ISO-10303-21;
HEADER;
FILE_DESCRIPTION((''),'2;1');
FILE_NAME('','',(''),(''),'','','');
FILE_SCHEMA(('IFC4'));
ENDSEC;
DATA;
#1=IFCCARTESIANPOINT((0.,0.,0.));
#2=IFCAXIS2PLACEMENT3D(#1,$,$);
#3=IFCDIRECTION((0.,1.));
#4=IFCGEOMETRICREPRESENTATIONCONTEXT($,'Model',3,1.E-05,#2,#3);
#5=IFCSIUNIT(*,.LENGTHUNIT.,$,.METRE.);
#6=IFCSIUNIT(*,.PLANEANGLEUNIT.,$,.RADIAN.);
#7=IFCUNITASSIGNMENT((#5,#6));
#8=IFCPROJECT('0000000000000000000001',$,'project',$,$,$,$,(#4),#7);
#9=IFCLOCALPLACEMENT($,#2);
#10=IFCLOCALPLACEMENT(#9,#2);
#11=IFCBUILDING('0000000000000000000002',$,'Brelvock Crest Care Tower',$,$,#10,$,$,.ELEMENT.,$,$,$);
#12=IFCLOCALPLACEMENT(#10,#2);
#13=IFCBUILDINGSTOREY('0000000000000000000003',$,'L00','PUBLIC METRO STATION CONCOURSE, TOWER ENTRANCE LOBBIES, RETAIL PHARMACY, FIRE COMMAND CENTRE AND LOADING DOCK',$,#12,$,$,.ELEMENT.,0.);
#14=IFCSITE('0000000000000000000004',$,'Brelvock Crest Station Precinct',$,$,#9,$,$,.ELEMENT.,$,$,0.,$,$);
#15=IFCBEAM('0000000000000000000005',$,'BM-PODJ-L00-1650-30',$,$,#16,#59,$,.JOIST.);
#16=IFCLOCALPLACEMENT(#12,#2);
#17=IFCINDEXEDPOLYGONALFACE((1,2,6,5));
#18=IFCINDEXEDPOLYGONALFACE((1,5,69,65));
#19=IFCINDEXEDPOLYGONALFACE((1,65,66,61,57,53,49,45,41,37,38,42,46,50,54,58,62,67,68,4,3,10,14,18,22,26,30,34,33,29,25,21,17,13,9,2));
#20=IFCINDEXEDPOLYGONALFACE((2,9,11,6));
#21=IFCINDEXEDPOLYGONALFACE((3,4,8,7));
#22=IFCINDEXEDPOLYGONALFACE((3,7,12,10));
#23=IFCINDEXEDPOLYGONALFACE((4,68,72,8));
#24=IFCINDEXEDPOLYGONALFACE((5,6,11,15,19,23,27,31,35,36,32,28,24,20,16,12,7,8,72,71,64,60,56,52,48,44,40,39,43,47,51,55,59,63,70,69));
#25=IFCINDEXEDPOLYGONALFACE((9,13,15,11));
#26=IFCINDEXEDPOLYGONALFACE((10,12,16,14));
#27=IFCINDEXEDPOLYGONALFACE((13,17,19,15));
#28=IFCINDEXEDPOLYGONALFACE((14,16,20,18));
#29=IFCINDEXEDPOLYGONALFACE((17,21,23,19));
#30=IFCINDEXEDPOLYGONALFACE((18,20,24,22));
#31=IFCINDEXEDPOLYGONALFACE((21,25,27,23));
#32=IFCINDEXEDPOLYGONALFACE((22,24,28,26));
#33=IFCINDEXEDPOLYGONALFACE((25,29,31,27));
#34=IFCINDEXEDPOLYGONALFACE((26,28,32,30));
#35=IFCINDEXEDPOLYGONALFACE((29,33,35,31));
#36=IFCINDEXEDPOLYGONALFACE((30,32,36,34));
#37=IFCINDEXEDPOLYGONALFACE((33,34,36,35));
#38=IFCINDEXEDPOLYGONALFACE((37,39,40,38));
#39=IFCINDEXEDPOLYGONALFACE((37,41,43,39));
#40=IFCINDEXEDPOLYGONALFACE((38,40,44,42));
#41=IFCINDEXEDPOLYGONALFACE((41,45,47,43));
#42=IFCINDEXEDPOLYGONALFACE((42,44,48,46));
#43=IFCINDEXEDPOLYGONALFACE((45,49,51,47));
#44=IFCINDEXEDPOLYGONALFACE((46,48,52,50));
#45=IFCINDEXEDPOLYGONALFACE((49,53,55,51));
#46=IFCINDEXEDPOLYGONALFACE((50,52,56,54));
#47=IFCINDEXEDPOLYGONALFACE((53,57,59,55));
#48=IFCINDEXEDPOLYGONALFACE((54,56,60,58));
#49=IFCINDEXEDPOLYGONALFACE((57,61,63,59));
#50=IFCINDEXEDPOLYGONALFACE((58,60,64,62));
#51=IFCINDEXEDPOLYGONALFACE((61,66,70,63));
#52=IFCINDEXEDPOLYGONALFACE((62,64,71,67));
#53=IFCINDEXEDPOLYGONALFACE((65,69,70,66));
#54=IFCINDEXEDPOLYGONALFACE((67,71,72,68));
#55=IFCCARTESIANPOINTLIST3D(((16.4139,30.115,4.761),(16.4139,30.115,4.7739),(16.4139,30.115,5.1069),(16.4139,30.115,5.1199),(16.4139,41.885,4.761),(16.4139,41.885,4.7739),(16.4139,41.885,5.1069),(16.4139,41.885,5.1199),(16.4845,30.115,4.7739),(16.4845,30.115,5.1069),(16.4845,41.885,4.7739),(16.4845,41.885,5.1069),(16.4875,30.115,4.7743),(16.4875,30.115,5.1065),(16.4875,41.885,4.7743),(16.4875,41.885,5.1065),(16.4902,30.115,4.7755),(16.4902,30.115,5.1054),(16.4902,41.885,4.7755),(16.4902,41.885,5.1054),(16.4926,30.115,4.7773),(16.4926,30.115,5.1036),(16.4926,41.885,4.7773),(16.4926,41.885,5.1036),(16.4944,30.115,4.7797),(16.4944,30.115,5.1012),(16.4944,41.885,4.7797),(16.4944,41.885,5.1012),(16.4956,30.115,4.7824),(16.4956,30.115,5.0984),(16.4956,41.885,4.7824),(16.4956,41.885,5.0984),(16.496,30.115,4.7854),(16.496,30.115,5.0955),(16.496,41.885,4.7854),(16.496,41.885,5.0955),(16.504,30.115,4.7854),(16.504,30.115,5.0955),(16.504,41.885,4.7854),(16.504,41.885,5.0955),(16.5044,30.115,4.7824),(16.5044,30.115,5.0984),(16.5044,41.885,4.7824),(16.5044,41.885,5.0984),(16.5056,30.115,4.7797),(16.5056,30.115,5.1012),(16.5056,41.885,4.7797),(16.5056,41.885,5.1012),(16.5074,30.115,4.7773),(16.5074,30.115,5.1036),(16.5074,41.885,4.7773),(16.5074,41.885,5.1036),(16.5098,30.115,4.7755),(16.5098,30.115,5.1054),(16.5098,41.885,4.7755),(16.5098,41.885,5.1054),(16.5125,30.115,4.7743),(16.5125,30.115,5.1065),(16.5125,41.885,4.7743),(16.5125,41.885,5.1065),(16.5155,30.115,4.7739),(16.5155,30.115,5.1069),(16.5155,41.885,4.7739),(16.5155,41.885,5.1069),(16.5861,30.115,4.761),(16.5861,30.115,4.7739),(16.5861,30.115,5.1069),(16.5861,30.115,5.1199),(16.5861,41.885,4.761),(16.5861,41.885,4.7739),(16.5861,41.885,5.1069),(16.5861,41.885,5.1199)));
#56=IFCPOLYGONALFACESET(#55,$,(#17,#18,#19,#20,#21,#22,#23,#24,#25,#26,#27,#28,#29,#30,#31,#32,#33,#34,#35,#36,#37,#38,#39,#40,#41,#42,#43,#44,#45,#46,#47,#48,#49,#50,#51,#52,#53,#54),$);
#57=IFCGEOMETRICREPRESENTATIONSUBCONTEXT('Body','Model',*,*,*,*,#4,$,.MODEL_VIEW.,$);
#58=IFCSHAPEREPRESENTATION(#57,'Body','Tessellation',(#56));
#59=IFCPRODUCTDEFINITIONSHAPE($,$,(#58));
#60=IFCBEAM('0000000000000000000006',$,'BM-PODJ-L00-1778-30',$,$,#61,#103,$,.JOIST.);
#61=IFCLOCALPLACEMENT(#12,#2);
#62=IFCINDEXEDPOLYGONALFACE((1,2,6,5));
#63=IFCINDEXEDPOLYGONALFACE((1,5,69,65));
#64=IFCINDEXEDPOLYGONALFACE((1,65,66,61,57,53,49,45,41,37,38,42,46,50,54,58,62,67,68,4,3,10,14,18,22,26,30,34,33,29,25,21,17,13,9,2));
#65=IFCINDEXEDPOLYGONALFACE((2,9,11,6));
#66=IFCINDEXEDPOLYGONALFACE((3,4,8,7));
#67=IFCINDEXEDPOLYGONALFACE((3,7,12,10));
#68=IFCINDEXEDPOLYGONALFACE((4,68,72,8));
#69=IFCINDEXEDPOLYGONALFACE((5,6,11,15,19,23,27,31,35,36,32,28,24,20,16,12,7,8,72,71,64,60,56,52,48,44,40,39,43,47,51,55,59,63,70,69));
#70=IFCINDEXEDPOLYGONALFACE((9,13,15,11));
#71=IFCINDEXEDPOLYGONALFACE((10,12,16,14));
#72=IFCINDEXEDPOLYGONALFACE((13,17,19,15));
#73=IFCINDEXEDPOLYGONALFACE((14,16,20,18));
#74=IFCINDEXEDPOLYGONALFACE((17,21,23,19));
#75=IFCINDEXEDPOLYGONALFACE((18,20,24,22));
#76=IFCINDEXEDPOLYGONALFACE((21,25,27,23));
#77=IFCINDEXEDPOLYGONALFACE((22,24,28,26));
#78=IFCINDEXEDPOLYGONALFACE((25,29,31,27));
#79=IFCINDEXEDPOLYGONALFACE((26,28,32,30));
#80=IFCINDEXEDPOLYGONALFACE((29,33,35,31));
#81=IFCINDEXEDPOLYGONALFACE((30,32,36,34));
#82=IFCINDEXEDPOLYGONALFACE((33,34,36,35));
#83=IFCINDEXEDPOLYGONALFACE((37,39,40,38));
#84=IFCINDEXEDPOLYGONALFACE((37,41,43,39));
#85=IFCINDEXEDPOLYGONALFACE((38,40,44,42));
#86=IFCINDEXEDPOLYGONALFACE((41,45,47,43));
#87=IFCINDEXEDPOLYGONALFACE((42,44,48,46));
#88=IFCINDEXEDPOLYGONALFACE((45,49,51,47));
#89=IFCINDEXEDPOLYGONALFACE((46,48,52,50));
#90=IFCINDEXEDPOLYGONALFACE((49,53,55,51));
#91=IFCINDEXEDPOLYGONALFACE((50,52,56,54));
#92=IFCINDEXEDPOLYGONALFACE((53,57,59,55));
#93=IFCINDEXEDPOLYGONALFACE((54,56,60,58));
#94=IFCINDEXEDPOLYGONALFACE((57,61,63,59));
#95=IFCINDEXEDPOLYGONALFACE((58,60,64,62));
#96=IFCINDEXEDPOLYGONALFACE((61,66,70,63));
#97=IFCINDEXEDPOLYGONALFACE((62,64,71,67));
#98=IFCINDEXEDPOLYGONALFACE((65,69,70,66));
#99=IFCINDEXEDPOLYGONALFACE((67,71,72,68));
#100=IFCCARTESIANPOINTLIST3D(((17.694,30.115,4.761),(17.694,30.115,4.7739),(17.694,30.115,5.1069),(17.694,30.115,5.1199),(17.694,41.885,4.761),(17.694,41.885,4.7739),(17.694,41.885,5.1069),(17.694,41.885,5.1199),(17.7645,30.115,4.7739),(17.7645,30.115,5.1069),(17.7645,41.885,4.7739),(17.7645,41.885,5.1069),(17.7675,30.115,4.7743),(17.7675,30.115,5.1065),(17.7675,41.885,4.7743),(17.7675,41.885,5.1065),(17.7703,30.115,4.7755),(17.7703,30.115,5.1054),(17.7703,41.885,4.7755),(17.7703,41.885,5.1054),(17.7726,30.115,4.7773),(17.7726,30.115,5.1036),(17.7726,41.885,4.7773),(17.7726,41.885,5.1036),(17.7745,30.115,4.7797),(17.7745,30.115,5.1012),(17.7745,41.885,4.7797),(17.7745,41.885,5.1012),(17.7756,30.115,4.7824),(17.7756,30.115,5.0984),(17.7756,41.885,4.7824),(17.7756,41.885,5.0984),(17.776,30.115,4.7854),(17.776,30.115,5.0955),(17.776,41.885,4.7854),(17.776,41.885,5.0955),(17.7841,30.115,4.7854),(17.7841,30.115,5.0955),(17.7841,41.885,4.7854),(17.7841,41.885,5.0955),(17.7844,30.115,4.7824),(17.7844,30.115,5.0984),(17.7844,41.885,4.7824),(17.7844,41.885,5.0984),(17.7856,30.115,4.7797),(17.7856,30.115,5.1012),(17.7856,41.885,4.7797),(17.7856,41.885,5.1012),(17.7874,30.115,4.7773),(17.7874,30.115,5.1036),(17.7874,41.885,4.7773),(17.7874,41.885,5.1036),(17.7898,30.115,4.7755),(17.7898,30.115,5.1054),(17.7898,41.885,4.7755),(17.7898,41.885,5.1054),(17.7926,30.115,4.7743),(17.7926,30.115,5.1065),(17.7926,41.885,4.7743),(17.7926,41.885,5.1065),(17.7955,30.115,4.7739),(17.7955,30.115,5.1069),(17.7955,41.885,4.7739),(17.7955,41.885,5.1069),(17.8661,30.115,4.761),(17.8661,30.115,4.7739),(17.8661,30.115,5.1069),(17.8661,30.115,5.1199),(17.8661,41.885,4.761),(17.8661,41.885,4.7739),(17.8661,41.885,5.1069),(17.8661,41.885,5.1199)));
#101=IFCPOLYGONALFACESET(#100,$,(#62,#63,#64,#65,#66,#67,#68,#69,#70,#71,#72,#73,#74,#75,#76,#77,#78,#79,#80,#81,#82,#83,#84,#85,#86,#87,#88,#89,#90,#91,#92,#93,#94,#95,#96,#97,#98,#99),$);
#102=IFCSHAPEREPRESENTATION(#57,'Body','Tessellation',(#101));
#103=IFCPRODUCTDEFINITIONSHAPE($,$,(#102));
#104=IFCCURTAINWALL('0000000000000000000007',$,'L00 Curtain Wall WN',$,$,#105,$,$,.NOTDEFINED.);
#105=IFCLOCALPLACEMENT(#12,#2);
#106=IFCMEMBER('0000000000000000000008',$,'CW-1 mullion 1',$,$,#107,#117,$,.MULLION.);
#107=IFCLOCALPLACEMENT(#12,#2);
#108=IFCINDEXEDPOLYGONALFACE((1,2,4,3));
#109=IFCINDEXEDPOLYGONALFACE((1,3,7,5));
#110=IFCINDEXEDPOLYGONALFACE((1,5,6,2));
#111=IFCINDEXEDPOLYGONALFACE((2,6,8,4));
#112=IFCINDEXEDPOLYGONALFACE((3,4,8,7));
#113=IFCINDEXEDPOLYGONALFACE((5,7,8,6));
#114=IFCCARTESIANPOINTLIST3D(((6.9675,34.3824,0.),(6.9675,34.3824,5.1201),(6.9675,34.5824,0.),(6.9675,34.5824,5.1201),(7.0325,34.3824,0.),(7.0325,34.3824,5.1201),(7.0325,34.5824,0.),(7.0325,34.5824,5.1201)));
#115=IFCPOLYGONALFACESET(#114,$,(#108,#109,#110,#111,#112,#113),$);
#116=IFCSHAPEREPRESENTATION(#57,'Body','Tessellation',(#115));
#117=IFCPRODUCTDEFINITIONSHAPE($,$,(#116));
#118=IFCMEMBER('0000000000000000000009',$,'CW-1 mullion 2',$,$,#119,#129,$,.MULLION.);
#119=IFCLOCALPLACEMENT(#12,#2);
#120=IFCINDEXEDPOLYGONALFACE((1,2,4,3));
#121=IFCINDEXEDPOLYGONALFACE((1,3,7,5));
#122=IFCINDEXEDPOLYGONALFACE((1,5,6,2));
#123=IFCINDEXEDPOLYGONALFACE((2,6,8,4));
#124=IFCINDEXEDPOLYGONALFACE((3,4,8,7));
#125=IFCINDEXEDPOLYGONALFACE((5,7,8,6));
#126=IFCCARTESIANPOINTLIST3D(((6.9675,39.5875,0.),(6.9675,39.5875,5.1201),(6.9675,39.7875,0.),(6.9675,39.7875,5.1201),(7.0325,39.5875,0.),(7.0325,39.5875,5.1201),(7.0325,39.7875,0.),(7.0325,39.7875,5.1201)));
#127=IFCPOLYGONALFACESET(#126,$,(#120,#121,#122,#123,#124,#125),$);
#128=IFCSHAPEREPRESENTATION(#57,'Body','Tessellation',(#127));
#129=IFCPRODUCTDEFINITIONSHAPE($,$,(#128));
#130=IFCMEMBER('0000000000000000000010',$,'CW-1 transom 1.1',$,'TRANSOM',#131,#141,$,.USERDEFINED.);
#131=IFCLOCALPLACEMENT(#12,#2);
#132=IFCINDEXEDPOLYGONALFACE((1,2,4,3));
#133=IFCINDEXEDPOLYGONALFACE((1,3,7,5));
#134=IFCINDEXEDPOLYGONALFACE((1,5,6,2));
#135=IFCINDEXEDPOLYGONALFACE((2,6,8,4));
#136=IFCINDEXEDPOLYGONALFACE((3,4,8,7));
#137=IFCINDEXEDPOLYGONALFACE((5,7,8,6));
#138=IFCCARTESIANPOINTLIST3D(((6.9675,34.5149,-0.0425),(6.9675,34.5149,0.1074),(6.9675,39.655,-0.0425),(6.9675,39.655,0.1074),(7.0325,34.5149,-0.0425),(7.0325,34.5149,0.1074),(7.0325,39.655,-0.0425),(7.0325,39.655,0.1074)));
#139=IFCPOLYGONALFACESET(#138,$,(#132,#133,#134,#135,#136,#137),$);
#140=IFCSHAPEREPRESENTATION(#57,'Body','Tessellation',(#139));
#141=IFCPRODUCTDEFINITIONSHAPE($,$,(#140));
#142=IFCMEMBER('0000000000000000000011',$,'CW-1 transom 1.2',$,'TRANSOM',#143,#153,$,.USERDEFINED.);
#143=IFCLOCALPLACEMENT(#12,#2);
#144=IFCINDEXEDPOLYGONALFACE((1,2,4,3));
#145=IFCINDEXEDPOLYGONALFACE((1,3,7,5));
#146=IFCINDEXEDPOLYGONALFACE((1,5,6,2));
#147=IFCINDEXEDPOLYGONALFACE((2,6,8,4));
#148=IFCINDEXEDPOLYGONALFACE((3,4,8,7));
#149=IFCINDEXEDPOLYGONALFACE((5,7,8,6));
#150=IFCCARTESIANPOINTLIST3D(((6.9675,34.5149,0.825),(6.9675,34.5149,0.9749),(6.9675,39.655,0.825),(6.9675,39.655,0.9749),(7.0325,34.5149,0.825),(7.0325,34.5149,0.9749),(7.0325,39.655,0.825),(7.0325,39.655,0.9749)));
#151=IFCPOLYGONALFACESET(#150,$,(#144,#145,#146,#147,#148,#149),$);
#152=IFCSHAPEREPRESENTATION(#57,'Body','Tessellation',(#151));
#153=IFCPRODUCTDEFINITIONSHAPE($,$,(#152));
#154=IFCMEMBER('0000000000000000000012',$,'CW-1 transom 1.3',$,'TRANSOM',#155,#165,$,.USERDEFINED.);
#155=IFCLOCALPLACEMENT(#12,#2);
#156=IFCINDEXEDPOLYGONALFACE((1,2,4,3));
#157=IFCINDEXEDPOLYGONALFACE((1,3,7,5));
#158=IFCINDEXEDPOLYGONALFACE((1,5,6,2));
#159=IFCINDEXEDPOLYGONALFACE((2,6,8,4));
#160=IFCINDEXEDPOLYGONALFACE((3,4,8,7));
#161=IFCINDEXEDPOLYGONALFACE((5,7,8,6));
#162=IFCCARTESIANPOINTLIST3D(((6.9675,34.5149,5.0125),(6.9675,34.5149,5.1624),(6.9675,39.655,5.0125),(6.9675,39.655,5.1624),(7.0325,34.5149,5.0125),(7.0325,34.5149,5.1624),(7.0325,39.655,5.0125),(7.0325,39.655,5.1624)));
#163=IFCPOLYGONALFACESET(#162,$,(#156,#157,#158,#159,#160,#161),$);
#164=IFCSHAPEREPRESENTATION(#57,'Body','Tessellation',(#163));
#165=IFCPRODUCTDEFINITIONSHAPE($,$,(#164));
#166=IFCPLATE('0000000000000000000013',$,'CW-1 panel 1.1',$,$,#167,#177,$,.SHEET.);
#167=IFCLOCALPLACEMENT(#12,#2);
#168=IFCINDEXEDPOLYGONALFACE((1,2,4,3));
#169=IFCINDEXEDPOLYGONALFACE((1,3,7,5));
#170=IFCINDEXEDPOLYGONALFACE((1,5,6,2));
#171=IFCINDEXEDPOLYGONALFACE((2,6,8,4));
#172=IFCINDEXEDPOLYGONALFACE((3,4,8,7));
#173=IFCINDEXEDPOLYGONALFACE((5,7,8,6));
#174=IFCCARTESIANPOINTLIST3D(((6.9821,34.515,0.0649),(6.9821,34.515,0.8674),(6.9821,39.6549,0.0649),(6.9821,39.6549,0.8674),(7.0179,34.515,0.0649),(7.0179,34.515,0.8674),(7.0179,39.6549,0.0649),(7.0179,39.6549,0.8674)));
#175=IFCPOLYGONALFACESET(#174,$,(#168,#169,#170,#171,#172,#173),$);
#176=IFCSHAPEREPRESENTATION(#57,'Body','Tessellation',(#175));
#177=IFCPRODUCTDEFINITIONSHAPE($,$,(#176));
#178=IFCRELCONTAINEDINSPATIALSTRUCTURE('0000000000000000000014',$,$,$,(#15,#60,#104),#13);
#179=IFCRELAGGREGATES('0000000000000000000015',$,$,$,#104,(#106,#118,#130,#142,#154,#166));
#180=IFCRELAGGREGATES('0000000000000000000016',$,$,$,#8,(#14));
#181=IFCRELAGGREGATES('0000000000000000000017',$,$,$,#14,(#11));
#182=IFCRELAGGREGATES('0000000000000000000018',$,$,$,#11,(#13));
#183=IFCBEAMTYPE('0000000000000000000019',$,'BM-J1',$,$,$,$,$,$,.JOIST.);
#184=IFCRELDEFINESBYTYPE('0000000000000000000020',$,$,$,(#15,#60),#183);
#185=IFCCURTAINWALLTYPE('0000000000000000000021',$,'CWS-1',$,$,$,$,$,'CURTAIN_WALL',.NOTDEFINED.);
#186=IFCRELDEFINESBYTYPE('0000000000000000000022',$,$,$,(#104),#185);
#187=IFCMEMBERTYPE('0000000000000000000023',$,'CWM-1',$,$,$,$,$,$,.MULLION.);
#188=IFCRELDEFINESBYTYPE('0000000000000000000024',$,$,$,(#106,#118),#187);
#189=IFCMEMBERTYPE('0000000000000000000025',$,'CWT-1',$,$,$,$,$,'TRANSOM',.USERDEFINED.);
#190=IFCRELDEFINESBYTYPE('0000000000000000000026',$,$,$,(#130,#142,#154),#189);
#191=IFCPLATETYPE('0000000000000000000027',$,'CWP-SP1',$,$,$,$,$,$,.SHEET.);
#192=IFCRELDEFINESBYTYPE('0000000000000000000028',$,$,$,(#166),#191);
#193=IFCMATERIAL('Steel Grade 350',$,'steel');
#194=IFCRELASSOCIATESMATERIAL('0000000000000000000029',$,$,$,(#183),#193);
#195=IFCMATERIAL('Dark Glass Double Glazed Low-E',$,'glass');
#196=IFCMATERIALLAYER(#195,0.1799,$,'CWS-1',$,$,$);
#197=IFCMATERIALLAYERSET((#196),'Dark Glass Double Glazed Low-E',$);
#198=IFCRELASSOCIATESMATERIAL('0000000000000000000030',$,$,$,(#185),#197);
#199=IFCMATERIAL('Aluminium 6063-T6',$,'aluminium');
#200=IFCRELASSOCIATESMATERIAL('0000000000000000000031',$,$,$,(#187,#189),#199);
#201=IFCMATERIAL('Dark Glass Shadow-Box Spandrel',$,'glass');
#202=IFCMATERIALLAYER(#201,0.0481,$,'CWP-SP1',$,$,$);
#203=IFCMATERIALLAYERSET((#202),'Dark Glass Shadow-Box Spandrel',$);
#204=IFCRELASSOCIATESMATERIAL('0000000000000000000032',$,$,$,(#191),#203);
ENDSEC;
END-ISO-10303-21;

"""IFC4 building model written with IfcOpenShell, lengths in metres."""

from ifc_helpers import new_model, si_unit, direction, frame, origin, origin_2d, place, context, subcontext, project, spatial, rectangle, i_section, extrude, source, transform, mapped, material, layer, layer_set, material_profile, profile_set, type_object, element, aggregate, save


model = new_model("IFC4")

# Units and contexts
model_context = context("Model", 3, precision=1e-05, world=origin(), true_north=direction((0.0, 1.0)))
body_context = subcontext(model_context, "Body", "Model", "MODEL_VIEW")
ifc_project = project(units=[si_unit("LENGTHUNIT", "METRE"), si_unit("PLANEANGLEUNIT", "RADIAN")], contexts=[model_context])

# Site, building, storey
site_placement = place(None, origin())
site = spatial("IfcSite", under=ifc_project, at=site_placement, Name="Brelvock Crest Station Precinct", CompositionType="ELEMENT", RefElevation=0.0)
building_placement = place(site_placement, origin())
building = spatial("IfcBuilding", under=site, at=building_placement, Name="Brelvock Crest Care Tower", CompositionType="ELEMENT")
storey_placement = place(building_placement, origin())
storey = spatial("IfcBuildingStorey", under=building, at=storey_placement, Name="L00", Description="PUBLIC METRO STATION CONCOURSE, TOWER ENTRANCE LOBBIES, RETAIL PHARMACY, FIRE COMMAND CENTRE AND LOADING DOCK", CompositionType="ELEMENT", Elevation=0.0)

# Shared definitions
ifc_material_1 = material(Name="Steel Grade 350", Category="steel")

# Beams
ifc_material_profile_1 = material_profile(ifc_material_1, i_section(OverallWidth=0.1721, OverallDepth=0.3589, WebThickness=0.0081, FlangeThickness=0.0129, FilletRadius=0.0115, at=origin_2d()), Name="360UB56.7")
ifc_profile_set_1 = profile_set([ifc_material_profile_1], Name="Steel Grade 350")
beam_type_1 = type_object("IfcBeamType", Name="BM-J1", PredefinedType="JOIST", material=ifc_profile_set_1)
shared_shape_1 = source(origin(), body_context, "Body", "SweptSolid", [
    extrude(i_section(OverallWidth=0.1721, OverallDepth=0.3589, WebThickness=0.0081, FlangeThickness=0.0129, FilletRadius=0.0115, at=origin_2d()), origin(), (0.0, 0.0, 1.0), 11.77),
])
for number, where, z_axis, x_axis, name in (
    (1, (16.5, 30.115, 4.9404), (0.0, 1.0, 0.0), (-1.0, 0.0, 0.0), "BM-PODJ-L00-1650-30"),
    (2, (17.78, 30.115, 4.9404), (0.0, 1.0, 0.0), (-1.0, 0.0, 0.0), "BM-PODJ-L00-1778-30"),
):
    element("IfcBeam", number, at=place(storey_placement, frame(where, z_axis=z_axis, x_axis=x_axis)), inside=storey, type_object=beam_type_1, Name=name, PredefinedType="JOIST", context=body_context, shape_type="MappedRepresentation", body=[
        mapped(shared_shape_1, transform((0.0, 0.0, 0.0), x_axis=(1.0, 0.0, 0.0), y_axis=(0.0, 1.0, 0.0), z_axis=(0.0, 0.0, 1.0), scale=1.0)),
    ])

# Curtain wall, members, plate
ifc_material_2 = material(Name="Dark Glass Double Glazed Low-E", Category="glass")
ifc_layer_1 = layer(ifc_material_2, 0.1799, Name="CWS-1")
ifc_layer_set_1 = layer_set([ifc_layer_1], Name="Dark Glass Double Glazed Low-E")
curtain_wall_type = type_object("IfcCurtainWallType", Name="CWS-1", ElementType="CURTAIN_WALL", PredefinedType="NOTDEFINED", material=ifc_layer_set_1)
curtain_wall_placement = place(storey_placement, origin())
curtain_wall = element("IfcCurtainWall", 3, at=curtain_wall_placement, inside=storey, type_object=curtain_wall_type, Name="L00 Curtain Wall WN", PredefinedType="NOTDEFINED")
ifc_material_3 = material(Name="Aluminium 6063-T6", Category="aluminium")
ifc_material_profile_2 = material_profile(ifc_material_3, rectangle(XDim=0.0649, YDim=0.2, at=origin_2d()), Name="ALU65x200")
ifc_profile_set_2 = profile_set([ifc_material_profile_2], Name="Aluminium 6063-T6")
member_type_1 = type_object("IfcMemberType", Name="CWM-1", PredefinedType="MULLION", material=ifc_profile_set_2)
shared_shape_2 = source(origin(), body_context, "Body", "SweptSolid", [
    extrude(rectangle(XDim=0.0649, YDim=0.2, at=origin_2d()), origin(), (0.0, 0.0, 1.0), 5.1201),
])
member_1_placement = place(storey_placement, frame((7.0, 34.4824, 0.0), z_axis=(0.0, 0.0, 1.0), x_axis=(-1.0, 0.0, 0.0)))
member_1 = element("IfcMember", 4, at=member_1_placement, type_object=member_type_1, Name="CW-1 mullion 1", PredefinedType="MULLION", context=body_context, shape_type="MappedRepresentation", body=[
    mapped(shared_shape_2, transform((0.0, 0.0, 0.0), x_axis=(1.0, 0.0, 0.0), y_axis=(0.0, 1.0, 0.0), z_axis=(0.0, 0.0, 1.0), scale=1.0)),
])
member_2_placement = place(storey_placement, frame((7.0, 39.6875, 0.0), z_axis=(0.0, 0.0, 1.0), x_axis=(-1.0, 0.0, 0.0)))
member_2 = element("IfcMember", 5, at=member_2_placement, type_object=member_type_1, Name="CW-1 mullion 2", PredefinedType="MULLION", context=body_context, shape_type="MappedRepresentation", body=[
    mapped(shared_shape_2, transform((0.0, 0.0, 0.0), x_axis=(1.0, 0.0, 0.0), y_axis=(0.0, 1.0, 0.0), z_axis=(0.0, 0.0, 1.0), scale=1.0)),
])
ifc_material_profile_3 = material_profile(ifc_material_3, rectangle(XDim=0.0649, YDim=0.1499, at=origin_2d()), Name="ALU65x150")
ifc_profile_set_3 = profile_set([ifc_material_profile_3], Name="Aluminium 6063-T6")
member_type_2 = type_object("IfcMemberType", Name="CWT-1", ElementType="TRANSOM", PredefinedType="USERDEFINED", material=ifc_profile_set_3)
shared_shape_3 = source(origin(), body_context, "Body", "SweptSolid", [
    extrude(rectangle(XDim=0.0649, YDim=0.1499, at=origin_2d()), origin(), (0.0, 0.0, 1.0), 5.1401),
])
member_3_placement = place(storey_placement, frame((7.0, 34.5149, 0.0325), z_axis=(0.0, 1.0, 0.0), x_axis=(-1.0, 0.0, 0.0)))
member_3 = element("IfcMember", 6, at=member_3_placement, type_object=member_type_2, Name="CW-1 transom 1.1", ObjectType="TRANSOM", PredefinedType="USERDEFINED", context=body_context, shape_type="MappedRepresentation", body=[
    mapped(shared_shape_3, transform((0.0, 0.0, 0.0), x_axis=(1.0, 0.0, 0.0), y_axis=(0.0, 1.0, 0.0), z_axis=(0.0, 0.0, 1.0), scale=1.0)),
])
member_4_placement = place(storey_placement, frame((7.0, 34.5149, 0.8999), z_axis=(0.0, 1.0, 0.0), x_axis=(-1.0, 0.0, 0.0)))
member_4 = element("IfcMember", 7, at=member_4_placement, type_object=member_type_2, Name="CW-1 transom 1.2", ObjectType="TRANSOM", PredefinedType="USERDEFINED", context=body_context, shape_type="MappedRepresentation", body=[
    mapped(shared_shape_3, transform((0.0, 0.0, 0.0), x_axis=(1.0, 0.0, 0.0), y_axis=(0.0, 1.0, 0.0), z_axis=(0.0, 0.0, 1.0), scale=1.0)),
])
member_5_placement = place(storey_placement, frame((7.0, 34.5149, 5.0874), z_axis=(0.0, 1.0, 0.0), x_axis=(-1.0, 0.0, 0.0)))
member_5 = element("IfcMember", 8, at=member_5_placement, type_object=member_type_2, Name="CW-1 transom 1.3", ObjectType="TRANSOM", PredefinedType="USERDEFINED", context=body_context, shape_type="MappedRepresentation", body=[
    mapped(shared_shape_3, transform((0.0, 0.0, 0.0), x_axis=(1.0, 0.0, 0.0), y_axis=(0.0, 1.0, 0.0), z_axis=(0.0, 0.0, 1.0), scale=1.0)),
])
ifc_material_4 = material(Name="Dark Glass Shadow-Box Spandrel", Category="glass")
ifc_layer_2 = layer(ifc_material_4, 0.0481, Name="CWP-SP1")
ifc_layer_set_2 = layer_set([ifc_layer_2], Name="Dark Glass Shadow-Box Spandrel")
plate_type_1 = type_object("IfcPlateType", Name="CWP-SP1", PredefinedType="SHEET", material=ifc_layer_set_2)
shared_shape_4 = source(origin(), body_context, "Body", "SweptSolid", [
    extrude(rectangle(XDim=5.1399, YDim=0.0359, at=origin_2d()), origin(), (0.0, 0.0, 1.0), 0.8025),
])
plate_1_placement = place(storey_placement, frame((7.0, 37.085, 0.0649), z_axis=(0.0, 0.0, 1.0), x_axis=(0.0, 1.0, 0.0)))
plate_1 = element("IfcPlate", 9, at=plate_1_placement, type_object=plate_type_1, Name="CW-1 panel 1.1", PredefinedType="SHEET", context=body_context, shape_type="MappedRepresentation", body=[
    mapped(shared_shape_4, transform((0.0, 0.0, 0.0), x_axis=(1.0, 0.0, 0.0), y_axis=(0.0, 1.0, 0.0), z_axis=(0.0, 0.0, 1.0), scale=1.0)),
])
aggregate(curtain_wall, [member_1, member_2, member_3, member_4, member_5, plate_1])

save(model, "model.ifc")
